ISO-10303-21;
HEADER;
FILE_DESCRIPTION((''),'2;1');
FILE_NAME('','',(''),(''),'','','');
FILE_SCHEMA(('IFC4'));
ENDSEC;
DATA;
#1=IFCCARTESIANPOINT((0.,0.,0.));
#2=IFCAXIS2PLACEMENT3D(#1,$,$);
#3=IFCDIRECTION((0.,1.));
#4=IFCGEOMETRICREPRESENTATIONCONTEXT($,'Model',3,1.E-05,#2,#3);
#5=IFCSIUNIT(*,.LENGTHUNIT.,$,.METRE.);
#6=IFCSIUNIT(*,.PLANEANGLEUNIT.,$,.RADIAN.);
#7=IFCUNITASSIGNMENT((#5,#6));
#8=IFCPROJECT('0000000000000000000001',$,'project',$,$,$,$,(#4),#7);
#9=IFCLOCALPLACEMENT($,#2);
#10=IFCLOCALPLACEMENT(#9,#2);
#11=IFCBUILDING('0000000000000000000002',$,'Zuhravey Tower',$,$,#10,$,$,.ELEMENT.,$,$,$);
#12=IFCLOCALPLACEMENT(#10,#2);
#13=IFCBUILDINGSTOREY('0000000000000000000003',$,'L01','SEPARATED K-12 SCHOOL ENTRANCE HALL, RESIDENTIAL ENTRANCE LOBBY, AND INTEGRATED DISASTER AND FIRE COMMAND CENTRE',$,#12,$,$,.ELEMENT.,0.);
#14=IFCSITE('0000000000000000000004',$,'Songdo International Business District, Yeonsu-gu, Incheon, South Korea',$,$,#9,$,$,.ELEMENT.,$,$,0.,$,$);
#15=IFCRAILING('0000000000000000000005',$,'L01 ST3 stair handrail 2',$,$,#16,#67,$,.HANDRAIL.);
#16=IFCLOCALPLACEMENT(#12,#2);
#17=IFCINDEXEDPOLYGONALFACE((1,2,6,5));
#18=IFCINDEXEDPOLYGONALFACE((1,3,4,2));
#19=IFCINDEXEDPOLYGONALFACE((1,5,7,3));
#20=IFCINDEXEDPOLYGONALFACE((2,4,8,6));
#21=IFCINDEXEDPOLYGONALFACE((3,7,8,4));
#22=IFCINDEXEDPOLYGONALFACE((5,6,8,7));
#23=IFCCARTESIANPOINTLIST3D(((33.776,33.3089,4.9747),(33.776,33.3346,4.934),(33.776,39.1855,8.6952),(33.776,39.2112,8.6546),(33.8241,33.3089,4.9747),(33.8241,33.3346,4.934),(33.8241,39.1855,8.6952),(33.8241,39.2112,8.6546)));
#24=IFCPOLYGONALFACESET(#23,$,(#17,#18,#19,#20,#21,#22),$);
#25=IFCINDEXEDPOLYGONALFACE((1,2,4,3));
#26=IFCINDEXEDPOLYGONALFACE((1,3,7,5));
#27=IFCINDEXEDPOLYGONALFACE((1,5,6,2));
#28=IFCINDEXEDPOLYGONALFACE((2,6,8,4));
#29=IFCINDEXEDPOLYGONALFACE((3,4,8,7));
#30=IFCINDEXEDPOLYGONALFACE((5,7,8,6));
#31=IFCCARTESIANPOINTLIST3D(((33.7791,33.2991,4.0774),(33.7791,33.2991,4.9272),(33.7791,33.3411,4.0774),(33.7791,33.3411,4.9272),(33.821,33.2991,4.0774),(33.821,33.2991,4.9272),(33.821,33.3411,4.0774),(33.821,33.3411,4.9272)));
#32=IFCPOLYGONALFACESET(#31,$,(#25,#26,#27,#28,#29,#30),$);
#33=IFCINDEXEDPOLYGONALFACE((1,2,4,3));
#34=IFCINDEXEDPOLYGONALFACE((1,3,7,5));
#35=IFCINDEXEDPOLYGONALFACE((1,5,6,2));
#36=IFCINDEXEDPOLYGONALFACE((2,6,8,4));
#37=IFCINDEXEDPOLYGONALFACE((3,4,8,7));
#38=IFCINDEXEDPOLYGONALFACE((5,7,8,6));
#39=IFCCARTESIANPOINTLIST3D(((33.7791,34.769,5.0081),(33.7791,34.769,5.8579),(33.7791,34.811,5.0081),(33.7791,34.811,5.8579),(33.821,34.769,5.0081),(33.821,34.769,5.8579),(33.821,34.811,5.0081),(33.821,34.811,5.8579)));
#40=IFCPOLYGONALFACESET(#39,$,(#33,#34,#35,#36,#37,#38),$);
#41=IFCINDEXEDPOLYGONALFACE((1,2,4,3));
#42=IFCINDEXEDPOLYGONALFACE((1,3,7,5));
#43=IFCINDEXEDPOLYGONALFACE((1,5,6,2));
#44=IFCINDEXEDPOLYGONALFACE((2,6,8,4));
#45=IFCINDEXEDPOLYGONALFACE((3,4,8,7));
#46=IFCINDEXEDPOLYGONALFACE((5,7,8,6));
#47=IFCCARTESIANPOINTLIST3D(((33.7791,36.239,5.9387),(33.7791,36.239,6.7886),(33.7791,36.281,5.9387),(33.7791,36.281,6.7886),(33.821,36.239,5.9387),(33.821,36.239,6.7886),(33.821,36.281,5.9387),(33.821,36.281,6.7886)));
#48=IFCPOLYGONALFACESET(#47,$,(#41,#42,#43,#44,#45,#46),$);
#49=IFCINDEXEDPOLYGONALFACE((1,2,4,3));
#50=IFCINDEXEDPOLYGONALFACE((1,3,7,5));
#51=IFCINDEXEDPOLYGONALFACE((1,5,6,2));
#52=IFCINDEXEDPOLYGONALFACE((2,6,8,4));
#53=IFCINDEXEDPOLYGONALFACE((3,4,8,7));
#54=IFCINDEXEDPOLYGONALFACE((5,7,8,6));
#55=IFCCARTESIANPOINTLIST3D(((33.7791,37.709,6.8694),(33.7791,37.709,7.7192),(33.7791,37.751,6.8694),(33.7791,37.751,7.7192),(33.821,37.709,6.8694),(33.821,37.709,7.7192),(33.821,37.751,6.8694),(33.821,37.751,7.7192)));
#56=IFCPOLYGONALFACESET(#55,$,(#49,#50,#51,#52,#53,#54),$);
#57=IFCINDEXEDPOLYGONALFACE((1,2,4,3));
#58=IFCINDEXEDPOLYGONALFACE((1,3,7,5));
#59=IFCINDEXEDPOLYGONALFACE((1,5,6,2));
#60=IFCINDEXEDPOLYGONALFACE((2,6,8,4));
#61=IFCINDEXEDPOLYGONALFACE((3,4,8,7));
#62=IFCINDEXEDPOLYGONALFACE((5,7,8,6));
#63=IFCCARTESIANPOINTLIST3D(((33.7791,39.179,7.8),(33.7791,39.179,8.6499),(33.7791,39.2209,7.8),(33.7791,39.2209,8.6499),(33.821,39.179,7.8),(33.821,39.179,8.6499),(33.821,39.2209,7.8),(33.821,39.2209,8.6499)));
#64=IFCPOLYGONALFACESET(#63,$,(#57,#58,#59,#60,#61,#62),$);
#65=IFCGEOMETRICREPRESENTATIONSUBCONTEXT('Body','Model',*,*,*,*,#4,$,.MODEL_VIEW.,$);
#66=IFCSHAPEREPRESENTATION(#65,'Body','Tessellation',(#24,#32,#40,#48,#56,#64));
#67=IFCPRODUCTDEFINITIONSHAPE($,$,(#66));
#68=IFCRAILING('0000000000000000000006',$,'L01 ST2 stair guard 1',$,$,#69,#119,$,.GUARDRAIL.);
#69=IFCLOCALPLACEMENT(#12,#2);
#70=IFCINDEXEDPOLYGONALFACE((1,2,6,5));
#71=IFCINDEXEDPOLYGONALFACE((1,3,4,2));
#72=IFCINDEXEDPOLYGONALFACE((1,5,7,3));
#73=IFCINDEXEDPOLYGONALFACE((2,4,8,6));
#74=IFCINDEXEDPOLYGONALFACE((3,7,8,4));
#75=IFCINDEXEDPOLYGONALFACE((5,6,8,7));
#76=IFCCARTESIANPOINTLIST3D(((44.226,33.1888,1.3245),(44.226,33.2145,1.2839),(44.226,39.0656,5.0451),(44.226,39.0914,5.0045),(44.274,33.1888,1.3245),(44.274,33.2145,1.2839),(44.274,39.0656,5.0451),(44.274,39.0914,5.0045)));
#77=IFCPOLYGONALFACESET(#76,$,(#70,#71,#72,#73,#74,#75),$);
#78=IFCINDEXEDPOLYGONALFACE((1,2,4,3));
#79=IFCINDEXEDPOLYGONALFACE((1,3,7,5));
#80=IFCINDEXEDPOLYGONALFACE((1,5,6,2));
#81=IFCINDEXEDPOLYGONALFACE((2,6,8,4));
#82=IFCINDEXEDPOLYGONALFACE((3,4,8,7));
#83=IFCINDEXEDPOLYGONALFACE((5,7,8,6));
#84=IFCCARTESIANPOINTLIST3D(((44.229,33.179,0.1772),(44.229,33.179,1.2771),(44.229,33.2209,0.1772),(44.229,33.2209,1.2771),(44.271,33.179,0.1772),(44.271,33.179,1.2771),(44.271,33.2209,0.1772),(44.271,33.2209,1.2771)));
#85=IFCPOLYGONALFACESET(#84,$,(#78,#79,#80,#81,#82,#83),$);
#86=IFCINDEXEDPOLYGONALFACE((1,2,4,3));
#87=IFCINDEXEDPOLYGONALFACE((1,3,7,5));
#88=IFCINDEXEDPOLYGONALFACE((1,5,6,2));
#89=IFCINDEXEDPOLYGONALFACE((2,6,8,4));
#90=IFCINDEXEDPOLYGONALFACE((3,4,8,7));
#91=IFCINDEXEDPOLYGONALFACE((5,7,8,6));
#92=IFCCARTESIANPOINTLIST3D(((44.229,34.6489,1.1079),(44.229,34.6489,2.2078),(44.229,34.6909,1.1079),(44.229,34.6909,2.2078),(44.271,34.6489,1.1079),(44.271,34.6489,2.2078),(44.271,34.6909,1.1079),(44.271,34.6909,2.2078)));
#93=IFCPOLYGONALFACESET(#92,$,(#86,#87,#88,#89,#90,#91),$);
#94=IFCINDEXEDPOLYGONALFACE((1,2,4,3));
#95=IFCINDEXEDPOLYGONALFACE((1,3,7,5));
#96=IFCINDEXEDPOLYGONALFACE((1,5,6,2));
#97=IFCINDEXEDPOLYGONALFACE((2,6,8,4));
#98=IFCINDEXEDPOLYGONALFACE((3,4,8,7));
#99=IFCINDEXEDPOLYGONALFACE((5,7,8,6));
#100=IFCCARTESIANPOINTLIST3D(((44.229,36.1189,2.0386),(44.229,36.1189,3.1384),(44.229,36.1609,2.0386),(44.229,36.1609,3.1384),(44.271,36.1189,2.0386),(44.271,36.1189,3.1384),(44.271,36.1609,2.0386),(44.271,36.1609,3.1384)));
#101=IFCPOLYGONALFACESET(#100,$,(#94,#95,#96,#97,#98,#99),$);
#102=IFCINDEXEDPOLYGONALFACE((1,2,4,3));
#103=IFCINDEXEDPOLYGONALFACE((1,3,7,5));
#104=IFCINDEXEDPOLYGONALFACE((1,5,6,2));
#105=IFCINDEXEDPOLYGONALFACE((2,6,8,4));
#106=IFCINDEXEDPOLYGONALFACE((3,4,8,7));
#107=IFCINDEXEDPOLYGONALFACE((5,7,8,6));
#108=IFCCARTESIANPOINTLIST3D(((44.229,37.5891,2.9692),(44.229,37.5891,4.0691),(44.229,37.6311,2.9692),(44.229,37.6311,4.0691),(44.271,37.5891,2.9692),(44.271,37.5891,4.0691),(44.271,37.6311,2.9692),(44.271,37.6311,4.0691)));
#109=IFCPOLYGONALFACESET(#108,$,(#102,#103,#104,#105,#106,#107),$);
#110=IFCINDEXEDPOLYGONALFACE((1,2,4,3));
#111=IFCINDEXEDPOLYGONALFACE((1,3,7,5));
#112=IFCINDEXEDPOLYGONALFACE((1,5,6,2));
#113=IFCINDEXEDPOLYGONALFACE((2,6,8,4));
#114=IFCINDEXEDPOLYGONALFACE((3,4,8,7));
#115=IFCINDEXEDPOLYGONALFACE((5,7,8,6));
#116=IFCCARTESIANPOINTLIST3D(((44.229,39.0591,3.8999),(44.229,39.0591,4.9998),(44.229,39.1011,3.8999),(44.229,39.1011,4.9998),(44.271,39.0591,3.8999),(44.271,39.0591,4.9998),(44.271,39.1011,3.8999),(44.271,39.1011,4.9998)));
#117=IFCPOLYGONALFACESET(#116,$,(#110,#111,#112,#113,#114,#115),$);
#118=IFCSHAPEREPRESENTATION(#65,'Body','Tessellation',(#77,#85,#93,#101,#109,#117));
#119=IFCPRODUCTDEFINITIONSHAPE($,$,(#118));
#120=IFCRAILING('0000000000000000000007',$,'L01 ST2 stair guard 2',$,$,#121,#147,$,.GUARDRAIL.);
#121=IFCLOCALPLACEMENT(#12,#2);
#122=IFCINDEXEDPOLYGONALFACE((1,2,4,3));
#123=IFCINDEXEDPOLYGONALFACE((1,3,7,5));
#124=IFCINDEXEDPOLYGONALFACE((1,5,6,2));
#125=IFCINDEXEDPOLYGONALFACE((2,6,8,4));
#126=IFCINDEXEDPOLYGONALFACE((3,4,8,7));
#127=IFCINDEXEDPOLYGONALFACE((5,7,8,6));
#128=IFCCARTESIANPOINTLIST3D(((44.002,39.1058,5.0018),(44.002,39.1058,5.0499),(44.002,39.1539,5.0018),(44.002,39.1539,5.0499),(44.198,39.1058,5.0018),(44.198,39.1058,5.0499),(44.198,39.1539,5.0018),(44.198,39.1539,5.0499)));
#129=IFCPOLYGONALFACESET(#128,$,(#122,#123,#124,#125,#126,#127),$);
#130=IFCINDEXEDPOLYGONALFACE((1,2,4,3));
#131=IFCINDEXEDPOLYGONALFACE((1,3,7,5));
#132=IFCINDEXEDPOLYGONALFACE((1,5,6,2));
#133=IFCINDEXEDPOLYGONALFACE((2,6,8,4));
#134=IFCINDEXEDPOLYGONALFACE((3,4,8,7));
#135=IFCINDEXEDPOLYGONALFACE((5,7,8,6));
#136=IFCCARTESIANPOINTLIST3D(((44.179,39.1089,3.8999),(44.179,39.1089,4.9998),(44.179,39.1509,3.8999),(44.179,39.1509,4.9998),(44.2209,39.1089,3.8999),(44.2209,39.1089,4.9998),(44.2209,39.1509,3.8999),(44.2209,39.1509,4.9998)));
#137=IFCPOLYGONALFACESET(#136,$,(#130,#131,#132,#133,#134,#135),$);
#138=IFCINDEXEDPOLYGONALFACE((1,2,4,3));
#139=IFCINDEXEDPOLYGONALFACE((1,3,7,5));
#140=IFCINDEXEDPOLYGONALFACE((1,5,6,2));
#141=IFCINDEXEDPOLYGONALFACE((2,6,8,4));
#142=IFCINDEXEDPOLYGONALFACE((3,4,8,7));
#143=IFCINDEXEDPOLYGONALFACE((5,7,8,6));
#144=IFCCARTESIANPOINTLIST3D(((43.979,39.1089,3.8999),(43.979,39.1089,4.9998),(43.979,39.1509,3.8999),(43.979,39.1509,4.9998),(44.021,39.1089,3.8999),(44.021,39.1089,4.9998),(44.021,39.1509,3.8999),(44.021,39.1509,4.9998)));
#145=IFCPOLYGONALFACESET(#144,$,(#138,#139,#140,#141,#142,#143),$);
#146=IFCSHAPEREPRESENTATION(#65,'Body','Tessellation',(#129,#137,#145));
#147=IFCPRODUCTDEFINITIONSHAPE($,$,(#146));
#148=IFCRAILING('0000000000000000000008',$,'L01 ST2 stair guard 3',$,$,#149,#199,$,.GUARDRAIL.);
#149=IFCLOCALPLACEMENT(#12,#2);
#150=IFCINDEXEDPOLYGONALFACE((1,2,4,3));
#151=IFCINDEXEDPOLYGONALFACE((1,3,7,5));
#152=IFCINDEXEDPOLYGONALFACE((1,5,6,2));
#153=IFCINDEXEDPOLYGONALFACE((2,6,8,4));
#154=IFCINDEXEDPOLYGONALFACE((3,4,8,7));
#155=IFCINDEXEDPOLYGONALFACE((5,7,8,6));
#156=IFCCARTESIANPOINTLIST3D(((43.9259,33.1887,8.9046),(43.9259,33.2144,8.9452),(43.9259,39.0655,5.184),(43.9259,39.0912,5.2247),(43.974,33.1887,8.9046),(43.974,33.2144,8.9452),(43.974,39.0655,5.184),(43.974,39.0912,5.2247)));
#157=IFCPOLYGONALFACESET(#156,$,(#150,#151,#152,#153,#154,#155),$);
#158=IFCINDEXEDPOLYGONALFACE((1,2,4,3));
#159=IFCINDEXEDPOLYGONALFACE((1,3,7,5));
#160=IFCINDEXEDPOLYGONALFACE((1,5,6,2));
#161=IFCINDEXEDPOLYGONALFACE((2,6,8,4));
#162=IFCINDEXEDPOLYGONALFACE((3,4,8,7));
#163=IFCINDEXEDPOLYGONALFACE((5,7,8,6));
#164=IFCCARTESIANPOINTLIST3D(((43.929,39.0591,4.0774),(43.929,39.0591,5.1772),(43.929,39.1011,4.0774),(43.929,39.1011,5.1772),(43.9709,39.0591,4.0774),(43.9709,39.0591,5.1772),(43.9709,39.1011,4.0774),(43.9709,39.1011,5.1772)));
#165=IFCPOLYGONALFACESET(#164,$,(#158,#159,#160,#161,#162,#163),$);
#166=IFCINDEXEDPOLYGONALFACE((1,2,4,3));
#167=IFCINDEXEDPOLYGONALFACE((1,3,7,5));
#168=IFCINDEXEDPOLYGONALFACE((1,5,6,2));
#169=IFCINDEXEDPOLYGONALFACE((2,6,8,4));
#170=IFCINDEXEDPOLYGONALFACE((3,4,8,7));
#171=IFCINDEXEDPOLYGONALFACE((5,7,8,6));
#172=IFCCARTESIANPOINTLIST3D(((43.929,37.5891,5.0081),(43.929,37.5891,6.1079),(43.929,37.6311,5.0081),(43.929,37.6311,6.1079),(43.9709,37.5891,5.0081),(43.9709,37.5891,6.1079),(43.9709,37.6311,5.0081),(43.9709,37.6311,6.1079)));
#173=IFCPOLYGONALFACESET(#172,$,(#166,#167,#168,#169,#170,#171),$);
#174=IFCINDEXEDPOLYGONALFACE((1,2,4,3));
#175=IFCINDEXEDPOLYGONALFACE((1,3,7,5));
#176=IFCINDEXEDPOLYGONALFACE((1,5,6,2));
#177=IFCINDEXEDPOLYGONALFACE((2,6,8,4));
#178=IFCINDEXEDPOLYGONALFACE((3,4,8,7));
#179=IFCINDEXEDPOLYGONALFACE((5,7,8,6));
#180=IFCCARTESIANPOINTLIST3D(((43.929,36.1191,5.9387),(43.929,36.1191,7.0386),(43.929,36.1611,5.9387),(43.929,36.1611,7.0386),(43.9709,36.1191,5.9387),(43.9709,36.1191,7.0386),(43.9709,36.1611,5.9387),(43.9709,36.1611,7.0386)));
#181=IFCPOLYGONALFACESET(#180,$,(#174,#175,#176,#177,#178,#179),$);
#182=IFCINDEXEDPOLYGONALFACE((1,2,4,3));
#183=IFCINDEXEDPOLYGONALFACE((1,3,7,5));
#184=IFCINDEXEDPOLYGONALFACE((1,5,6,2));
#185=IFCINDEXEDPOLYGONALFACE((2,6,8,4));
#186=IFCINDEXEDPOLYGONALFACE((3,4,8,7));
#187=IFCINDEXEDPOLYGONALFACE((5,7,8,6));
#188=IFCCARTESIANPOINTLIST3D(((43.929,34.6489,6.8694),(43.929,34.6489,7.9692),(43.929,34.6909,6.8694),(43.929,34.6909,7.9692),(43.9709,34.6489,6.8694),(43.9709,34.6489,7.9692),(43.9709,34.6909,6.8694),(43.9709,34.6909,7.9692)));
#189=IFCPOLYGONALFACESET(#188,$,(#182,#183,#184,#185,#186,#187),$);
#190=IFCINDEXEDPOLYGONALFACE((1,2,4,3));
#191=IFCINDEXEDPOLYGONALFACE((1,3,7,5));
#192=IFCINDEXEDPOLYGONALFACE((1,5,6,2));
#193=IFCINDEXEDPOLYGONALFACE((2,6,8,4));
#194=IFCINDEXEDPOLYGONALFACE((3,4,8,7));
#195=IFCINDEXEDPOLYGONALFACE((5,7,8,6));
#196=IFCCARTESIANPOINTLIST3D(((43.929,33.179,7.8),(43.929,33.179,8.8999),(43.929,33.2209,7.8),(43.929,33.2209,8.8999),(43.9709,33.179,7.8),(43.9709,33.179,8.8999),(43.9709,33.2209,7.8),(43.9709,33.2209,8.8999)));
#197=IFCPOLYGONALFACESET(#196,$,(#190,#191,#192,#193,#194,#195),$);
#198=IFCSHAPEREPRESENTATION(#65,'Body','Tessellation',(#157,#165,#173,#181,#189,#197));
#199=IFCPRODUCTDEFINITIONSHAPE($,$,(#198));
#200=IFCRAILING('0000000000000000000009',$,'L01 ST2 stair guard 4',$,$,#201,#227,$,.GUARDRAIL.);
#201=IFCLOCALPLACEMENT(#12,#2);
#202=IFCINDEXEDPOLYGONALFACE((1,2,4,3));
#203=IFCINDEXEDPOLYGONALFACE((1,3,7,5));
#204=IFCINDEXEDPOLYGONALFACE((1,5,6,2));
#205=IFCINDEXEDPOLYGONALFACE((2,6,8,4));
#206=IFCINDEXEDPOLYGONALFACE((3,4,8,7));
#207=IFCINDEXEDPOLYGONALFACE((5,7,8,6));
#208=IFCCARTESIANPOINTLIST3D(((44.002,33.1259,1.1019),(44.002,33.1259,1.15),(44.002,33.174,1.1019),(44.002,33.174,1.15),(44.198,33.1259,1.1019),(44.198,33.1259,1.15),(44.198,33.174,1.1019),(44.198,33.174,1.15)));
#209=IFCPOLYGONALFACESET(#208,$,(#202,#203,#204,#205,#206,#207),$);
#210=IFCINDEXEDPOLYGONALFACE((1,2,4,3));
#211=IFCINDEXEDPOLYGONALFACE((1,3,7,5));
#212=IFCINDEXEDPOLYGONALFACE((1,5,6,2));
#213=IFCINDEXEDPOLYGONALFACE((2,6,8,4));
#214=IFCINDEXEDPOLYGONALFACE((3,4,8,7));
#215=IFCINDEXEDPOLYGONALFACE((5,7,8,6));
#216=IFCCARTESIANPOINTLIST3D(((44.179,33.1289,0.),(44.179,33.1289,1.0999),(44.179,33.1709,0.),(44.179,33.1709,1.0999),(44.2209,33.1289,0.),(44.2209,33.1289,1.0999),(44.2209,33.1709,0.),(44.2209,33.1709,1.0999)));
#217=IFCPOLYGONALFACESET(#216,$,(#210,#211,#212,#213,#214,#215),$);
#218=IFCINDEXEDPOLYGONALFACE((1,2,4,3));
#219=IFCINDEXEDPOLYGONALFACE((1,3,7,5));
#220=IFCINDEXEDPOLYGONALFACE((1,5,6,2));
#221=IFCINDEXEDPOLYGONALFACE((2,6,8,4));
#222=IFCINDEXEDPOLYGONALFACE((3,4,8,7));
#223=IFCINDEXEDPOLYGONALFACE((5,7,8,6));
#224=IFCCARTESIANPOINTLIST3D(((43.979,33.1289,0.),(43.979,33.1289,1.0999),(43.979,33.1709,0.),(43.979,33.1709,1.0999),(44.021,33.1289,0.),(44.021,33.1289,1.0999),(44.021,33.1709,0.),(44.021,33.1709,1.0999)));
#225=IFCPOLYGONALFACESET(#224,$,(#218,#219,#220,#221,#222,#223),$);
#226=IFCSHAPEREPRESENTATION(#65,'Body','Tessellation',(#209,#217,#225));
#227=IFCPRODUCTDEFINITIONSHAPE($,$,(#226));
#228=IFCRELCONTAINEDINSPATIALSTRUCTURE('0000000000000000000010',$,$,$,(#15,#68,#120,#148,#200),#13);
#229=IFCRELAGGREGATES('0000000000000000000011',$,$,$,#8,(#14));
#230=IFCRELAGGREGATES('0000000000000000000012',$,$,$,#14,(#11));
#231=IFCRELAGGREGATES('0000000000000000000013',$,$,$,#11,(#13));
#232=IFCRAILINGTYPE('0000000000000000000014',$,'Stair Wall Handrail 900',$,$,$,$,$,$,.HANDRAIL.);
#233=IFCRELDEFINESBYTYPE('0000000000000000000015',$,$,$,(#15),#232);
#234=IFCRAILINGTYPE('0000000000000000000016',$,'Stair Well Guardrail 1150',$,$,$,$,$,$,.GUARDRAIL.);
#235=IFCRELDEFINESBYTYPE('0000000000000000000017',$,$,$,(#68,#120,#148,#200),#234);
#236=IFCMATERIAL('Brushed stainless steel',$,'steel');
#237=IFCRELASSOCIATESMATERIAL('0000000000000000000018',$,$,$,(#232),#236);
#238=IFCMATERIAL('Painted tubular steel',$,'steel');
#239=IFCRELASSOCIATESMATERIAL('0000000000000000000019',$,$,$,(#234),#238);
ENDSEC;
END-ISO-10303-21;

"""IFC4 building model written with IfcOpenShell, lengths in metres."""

from ifc_helpers import new_model, si_unit, direction, frame, origin, origin_2d, place, context, subcontext, project, spatial, rectangle, extrude, material, type_object, element, save


model = new_model("IFC4")

# Units and contexts
model_context = context("Model", 3, precision=1e-05, world=origin(), true_north=direction((0.0, 1.0)))
body_context = subcontext(model_context, "Body", "Model", "MODEL_VIEW")
ifc_project = project(units=[si_unit("LENGTHUNIT", "METRE"), si_unit("PLANEANGLEUNIT", "RADIAN")], contexts=[model_context])

# Site, building, storey
site_placement = place(None, origin())
site = spatial("IfcSite", under=ifc_project, at=site_placement, Name="Songdo International Business District, Yeonsu-gu, Incheon, South Korea", CompositionType="ELEMENT", RefElevation=0.0)
building_placement = place(site_placement, origin())
building = spatial("IfcBuilding", under=site, at=building_placement, Name="Zuhravey Tower", CompositionType="ELEMENT")
storey_placement = place(building_placement, origin())
storey = spatial("IfcBuildingStorey", under=building, at=storey_placement, Name="L01", Description="SEPARATED K-12 SCHOOL ENTRANCE HALL, RESIDENTIAL ENTRANCE LOBBY, AND INTEGRATED DISASTER AND FIRE COMMAND CENTRE", CompositionType="ELEMENT", Elevation=0.0)

# Railings
ifc_material_1 = material(Name="Brushed stainless steel", Category="steel")
railing_type_1 = type_object("IfcRailingType", Name="Stair Wall Handrail 900", PredefinedType="HANDRAIL", material=ifc_material_1)
railing_1_placement = place(storey_placement, frame((33.8, 33.3201, 4.0774)))
element("IfcRailing", 1, at=railing_1_placement, inside=storey, type_object=railing_type_1, Name="L01 ST3 stair handrail 2", PredefinedType="HANDRAIL", context=body_context, shape_type="SweptSolid", body=[
    extrude(rectangle(XDim=0.0481, YDim=0.0481, at=origin_2d()), frame((0.0, 0.0017, 0.877), z_axis=(0.0, 0.844902, 0.534922), x_axis=(-1.0, 0.0, 0.0)), (0.0, 0.0, 1.0), 6.9553),
    extrude(rectangle(XDim=0.042, YDim=0.042, at=origin_2d()), origin(), (0.0, 0.0, 1.0), 0.8499),
    extrude(rectangle(XDim=0.042, YDim=0.042, at=origin_2d()), frame((0.0, 1.47, 0.9307)), (0.0, 0.0, 1.0), 0.8499),
    extrude(rectangle(XDim=0.042, YDim=0.042, at=origin_2d()), frame((0.0, 2.9399, 1.8613)), (0.0, 0.0, 1.0), 0.8499),
    extrude(rectangle(XDim=0.042, YDim=0.042, at=origin_2d()), frame((0.0, 4.4099, 2.792)), (0.0, 0.0, 1.0), 0.8499),
    extrude(rectangle(XDim=0.042, YDim=0.042, at=origin_2d()), frame((0.0, 5.8799, 3.7227)), (0.0, 0.0, 1.0), 0.8499),
])
ifc_material_2 = material(Name="Painted tubular steel", Category="steel")
railing_type_2 = type_object("IfcRailingType", Name="Stair Well Guardrail 1150", PredefinedType="GUARDRAIL", material=ifc_material_2)
railing_2_placement = place(storey_placement, frame((44.25, 33.2, 0.1772)))
element("IfcRailing", 2, at=railing_2_placement, inside=storey, type_object=railing_type_2, Name="L01 ST2 stair guard 1", PredefinedType="GUARDRAIL", context=body_context, shape_type="SweptSolid", body=[
    extrude(rectangle(XDim=0.0481, YDim=0.0481, at=origin_2d()), frame((0.0, 0.0017, 1.127), z_axis=(0.0, 0.844912, 0.534906), x_axis=(-1.0, 0.0, 0.0)), (0.0, 0.0, 1.0), 6.9556),
    extrude(rectangle(XDim=0.042, YDim=0.042, at=origin_2d()), origin(), (0.0, 0.0, 1.0), 1.0999),
    extrude(rectangle(XDim=0.042, YDim=0.042, at=origin_2d()), frame((0.0, 1.47, 0.9307)), (0.0, 0.0, 1.0), 1.0999),
    extrude(rectangle(XDim=0.042, YDim=0.042, at=origin_2d()), frame((0.0, 2.9399, 1.8613)), (0.0, 0.0, 1.0), 1.0999),
    extrude(rectangle(XDim=0.042, YDim=0.042, at=origin_2d()), frame((0.0, 4.4102, 2.792)), (0.0, 0.0, 1.0), 1.0999),
    extrude(rectangle(XDim=0.042, YDim=0.042, at=origin_2d()), frame((0.0, 5.8801, 3.7227)), (0.0, 0.0, 1.0), 1.0999),
])
railing_3_placement = place(storey_placement, frame((44.2, 39.1299, 3.8999)))
element("IfcRailing", 3, at=railing_3_placement, inside=storey, type_object=railing_type_2, Name="L01 ST2 stair guard 2", PredefinedType="GUARDRAIL", context=body_context, shape_type="SweptSolid", body=[
    extrude(rectangle(XDim=0.0481, YDim=0.0481, at=origin_2d()), frame((-0.002, 0.0, 1.126), z_axis=(-1.0, 0.0, 0.0), x_axis=(0.0, -1.0, 0.0)), (0.0, 0.0, 1.0), 0.196),
    extrude(rectangle(XDim=0.042, YDim=0.042, at=origin_2d()), origin(), (0.0, 0.0, 1.0), 1.0999),
    extrude(rectangle(XDim=0.042, YDim=0.042, at=origin_2d()), frame((-0.2, 0.0, 0.0)), (0.0, 0.0, 1.0), 1.0999),
])
railing_4_placement = place(storey_placement, frame((43.95, 39.0801, 4.0774)))
element("IfcRailing", 4, at=railing_4_placement, inside=storey, type_object=railing_type_2, Name="L01 ST2 stair guard 3", PredefinedType="GUARDRAIL", context=body_context, shape_type="SweptSolid", body=[
    extrude(rectangle(XDim=0.0481, YDim=0.0481, at=origin_2d()), frame((0.0, -0.0017, 1.127), z_axis=(0.0, -0.844912, 0.534906), x_axis=(1.0, 0.0, 0.0)), (0.0, 0.0, 1.0), 6.9556),
    extrude(rectangle(XDim=0.042, YDim=0.042, at=origin_2d()), origin(), (0.0, 0.0, 1.0), 1.0999),
    extrude(rectangle(XDim=0.042, YDim=0.042, at=origin_2d()), frame((0.0, -1.47, 0.9307)), (0.0, 0.0, 1.0), 1.0999),
    extrude(rectangle(XDim=0.042, YDim=0.042, at=origin_2d()), frame((0.0, -2.9399, 1.8613)), (0.0, 0.0, 1.0), 1.0999),
    extrude(rectangle(XDim=0.042, YDim=0.042, at=origin_2d()), frame((0.0, -4.4102, 2.792)), (0.0, 0.0, 1.0), 1.0999),
    extrude(rectangle(XDim=0.042, YDim=0.042, at=origin_2d()), frame((0.0, -5.8801, 3.7227)), (0.0, 0.0, 1.0), 1.0999),
])
railing_5_placement = place(storey_placement, frame((44.2, 33.1499, 0.0)))
element("IfcRailing", 5, at=railing_5_placement, inside=storey, type_object=railing_type_2, Name="L01 ST2 stair guard 4", PredefinedType="GUARDRAIL", context=body_context, shape_type="SweptSolid", body=[
    extrude(rectangle(XDim=0.0481, YDim=0.0481, at=origin_2d()), frame((-0.002, 0.0, 1.126), z_axis=(-1.0, 0.0, 0.0), x_axis=(0.0, -1.0, 0.0)), (0.0, 0.0, 1.0), 0.196),
    extrude(rectangle(XDim=0.042, YDim=0.042, at=origin_2d()), origin(), (0.0, 0.0, 1.0), 1.0999),
    extrude(rectangle(XDim=0.042, YDim=0.042, at=origin_2d()), frame((-0.2, 0.0, 0.0)), (0.0, 0.0, 1.0), 1.0999),
])

save(model, "model.ifc")
